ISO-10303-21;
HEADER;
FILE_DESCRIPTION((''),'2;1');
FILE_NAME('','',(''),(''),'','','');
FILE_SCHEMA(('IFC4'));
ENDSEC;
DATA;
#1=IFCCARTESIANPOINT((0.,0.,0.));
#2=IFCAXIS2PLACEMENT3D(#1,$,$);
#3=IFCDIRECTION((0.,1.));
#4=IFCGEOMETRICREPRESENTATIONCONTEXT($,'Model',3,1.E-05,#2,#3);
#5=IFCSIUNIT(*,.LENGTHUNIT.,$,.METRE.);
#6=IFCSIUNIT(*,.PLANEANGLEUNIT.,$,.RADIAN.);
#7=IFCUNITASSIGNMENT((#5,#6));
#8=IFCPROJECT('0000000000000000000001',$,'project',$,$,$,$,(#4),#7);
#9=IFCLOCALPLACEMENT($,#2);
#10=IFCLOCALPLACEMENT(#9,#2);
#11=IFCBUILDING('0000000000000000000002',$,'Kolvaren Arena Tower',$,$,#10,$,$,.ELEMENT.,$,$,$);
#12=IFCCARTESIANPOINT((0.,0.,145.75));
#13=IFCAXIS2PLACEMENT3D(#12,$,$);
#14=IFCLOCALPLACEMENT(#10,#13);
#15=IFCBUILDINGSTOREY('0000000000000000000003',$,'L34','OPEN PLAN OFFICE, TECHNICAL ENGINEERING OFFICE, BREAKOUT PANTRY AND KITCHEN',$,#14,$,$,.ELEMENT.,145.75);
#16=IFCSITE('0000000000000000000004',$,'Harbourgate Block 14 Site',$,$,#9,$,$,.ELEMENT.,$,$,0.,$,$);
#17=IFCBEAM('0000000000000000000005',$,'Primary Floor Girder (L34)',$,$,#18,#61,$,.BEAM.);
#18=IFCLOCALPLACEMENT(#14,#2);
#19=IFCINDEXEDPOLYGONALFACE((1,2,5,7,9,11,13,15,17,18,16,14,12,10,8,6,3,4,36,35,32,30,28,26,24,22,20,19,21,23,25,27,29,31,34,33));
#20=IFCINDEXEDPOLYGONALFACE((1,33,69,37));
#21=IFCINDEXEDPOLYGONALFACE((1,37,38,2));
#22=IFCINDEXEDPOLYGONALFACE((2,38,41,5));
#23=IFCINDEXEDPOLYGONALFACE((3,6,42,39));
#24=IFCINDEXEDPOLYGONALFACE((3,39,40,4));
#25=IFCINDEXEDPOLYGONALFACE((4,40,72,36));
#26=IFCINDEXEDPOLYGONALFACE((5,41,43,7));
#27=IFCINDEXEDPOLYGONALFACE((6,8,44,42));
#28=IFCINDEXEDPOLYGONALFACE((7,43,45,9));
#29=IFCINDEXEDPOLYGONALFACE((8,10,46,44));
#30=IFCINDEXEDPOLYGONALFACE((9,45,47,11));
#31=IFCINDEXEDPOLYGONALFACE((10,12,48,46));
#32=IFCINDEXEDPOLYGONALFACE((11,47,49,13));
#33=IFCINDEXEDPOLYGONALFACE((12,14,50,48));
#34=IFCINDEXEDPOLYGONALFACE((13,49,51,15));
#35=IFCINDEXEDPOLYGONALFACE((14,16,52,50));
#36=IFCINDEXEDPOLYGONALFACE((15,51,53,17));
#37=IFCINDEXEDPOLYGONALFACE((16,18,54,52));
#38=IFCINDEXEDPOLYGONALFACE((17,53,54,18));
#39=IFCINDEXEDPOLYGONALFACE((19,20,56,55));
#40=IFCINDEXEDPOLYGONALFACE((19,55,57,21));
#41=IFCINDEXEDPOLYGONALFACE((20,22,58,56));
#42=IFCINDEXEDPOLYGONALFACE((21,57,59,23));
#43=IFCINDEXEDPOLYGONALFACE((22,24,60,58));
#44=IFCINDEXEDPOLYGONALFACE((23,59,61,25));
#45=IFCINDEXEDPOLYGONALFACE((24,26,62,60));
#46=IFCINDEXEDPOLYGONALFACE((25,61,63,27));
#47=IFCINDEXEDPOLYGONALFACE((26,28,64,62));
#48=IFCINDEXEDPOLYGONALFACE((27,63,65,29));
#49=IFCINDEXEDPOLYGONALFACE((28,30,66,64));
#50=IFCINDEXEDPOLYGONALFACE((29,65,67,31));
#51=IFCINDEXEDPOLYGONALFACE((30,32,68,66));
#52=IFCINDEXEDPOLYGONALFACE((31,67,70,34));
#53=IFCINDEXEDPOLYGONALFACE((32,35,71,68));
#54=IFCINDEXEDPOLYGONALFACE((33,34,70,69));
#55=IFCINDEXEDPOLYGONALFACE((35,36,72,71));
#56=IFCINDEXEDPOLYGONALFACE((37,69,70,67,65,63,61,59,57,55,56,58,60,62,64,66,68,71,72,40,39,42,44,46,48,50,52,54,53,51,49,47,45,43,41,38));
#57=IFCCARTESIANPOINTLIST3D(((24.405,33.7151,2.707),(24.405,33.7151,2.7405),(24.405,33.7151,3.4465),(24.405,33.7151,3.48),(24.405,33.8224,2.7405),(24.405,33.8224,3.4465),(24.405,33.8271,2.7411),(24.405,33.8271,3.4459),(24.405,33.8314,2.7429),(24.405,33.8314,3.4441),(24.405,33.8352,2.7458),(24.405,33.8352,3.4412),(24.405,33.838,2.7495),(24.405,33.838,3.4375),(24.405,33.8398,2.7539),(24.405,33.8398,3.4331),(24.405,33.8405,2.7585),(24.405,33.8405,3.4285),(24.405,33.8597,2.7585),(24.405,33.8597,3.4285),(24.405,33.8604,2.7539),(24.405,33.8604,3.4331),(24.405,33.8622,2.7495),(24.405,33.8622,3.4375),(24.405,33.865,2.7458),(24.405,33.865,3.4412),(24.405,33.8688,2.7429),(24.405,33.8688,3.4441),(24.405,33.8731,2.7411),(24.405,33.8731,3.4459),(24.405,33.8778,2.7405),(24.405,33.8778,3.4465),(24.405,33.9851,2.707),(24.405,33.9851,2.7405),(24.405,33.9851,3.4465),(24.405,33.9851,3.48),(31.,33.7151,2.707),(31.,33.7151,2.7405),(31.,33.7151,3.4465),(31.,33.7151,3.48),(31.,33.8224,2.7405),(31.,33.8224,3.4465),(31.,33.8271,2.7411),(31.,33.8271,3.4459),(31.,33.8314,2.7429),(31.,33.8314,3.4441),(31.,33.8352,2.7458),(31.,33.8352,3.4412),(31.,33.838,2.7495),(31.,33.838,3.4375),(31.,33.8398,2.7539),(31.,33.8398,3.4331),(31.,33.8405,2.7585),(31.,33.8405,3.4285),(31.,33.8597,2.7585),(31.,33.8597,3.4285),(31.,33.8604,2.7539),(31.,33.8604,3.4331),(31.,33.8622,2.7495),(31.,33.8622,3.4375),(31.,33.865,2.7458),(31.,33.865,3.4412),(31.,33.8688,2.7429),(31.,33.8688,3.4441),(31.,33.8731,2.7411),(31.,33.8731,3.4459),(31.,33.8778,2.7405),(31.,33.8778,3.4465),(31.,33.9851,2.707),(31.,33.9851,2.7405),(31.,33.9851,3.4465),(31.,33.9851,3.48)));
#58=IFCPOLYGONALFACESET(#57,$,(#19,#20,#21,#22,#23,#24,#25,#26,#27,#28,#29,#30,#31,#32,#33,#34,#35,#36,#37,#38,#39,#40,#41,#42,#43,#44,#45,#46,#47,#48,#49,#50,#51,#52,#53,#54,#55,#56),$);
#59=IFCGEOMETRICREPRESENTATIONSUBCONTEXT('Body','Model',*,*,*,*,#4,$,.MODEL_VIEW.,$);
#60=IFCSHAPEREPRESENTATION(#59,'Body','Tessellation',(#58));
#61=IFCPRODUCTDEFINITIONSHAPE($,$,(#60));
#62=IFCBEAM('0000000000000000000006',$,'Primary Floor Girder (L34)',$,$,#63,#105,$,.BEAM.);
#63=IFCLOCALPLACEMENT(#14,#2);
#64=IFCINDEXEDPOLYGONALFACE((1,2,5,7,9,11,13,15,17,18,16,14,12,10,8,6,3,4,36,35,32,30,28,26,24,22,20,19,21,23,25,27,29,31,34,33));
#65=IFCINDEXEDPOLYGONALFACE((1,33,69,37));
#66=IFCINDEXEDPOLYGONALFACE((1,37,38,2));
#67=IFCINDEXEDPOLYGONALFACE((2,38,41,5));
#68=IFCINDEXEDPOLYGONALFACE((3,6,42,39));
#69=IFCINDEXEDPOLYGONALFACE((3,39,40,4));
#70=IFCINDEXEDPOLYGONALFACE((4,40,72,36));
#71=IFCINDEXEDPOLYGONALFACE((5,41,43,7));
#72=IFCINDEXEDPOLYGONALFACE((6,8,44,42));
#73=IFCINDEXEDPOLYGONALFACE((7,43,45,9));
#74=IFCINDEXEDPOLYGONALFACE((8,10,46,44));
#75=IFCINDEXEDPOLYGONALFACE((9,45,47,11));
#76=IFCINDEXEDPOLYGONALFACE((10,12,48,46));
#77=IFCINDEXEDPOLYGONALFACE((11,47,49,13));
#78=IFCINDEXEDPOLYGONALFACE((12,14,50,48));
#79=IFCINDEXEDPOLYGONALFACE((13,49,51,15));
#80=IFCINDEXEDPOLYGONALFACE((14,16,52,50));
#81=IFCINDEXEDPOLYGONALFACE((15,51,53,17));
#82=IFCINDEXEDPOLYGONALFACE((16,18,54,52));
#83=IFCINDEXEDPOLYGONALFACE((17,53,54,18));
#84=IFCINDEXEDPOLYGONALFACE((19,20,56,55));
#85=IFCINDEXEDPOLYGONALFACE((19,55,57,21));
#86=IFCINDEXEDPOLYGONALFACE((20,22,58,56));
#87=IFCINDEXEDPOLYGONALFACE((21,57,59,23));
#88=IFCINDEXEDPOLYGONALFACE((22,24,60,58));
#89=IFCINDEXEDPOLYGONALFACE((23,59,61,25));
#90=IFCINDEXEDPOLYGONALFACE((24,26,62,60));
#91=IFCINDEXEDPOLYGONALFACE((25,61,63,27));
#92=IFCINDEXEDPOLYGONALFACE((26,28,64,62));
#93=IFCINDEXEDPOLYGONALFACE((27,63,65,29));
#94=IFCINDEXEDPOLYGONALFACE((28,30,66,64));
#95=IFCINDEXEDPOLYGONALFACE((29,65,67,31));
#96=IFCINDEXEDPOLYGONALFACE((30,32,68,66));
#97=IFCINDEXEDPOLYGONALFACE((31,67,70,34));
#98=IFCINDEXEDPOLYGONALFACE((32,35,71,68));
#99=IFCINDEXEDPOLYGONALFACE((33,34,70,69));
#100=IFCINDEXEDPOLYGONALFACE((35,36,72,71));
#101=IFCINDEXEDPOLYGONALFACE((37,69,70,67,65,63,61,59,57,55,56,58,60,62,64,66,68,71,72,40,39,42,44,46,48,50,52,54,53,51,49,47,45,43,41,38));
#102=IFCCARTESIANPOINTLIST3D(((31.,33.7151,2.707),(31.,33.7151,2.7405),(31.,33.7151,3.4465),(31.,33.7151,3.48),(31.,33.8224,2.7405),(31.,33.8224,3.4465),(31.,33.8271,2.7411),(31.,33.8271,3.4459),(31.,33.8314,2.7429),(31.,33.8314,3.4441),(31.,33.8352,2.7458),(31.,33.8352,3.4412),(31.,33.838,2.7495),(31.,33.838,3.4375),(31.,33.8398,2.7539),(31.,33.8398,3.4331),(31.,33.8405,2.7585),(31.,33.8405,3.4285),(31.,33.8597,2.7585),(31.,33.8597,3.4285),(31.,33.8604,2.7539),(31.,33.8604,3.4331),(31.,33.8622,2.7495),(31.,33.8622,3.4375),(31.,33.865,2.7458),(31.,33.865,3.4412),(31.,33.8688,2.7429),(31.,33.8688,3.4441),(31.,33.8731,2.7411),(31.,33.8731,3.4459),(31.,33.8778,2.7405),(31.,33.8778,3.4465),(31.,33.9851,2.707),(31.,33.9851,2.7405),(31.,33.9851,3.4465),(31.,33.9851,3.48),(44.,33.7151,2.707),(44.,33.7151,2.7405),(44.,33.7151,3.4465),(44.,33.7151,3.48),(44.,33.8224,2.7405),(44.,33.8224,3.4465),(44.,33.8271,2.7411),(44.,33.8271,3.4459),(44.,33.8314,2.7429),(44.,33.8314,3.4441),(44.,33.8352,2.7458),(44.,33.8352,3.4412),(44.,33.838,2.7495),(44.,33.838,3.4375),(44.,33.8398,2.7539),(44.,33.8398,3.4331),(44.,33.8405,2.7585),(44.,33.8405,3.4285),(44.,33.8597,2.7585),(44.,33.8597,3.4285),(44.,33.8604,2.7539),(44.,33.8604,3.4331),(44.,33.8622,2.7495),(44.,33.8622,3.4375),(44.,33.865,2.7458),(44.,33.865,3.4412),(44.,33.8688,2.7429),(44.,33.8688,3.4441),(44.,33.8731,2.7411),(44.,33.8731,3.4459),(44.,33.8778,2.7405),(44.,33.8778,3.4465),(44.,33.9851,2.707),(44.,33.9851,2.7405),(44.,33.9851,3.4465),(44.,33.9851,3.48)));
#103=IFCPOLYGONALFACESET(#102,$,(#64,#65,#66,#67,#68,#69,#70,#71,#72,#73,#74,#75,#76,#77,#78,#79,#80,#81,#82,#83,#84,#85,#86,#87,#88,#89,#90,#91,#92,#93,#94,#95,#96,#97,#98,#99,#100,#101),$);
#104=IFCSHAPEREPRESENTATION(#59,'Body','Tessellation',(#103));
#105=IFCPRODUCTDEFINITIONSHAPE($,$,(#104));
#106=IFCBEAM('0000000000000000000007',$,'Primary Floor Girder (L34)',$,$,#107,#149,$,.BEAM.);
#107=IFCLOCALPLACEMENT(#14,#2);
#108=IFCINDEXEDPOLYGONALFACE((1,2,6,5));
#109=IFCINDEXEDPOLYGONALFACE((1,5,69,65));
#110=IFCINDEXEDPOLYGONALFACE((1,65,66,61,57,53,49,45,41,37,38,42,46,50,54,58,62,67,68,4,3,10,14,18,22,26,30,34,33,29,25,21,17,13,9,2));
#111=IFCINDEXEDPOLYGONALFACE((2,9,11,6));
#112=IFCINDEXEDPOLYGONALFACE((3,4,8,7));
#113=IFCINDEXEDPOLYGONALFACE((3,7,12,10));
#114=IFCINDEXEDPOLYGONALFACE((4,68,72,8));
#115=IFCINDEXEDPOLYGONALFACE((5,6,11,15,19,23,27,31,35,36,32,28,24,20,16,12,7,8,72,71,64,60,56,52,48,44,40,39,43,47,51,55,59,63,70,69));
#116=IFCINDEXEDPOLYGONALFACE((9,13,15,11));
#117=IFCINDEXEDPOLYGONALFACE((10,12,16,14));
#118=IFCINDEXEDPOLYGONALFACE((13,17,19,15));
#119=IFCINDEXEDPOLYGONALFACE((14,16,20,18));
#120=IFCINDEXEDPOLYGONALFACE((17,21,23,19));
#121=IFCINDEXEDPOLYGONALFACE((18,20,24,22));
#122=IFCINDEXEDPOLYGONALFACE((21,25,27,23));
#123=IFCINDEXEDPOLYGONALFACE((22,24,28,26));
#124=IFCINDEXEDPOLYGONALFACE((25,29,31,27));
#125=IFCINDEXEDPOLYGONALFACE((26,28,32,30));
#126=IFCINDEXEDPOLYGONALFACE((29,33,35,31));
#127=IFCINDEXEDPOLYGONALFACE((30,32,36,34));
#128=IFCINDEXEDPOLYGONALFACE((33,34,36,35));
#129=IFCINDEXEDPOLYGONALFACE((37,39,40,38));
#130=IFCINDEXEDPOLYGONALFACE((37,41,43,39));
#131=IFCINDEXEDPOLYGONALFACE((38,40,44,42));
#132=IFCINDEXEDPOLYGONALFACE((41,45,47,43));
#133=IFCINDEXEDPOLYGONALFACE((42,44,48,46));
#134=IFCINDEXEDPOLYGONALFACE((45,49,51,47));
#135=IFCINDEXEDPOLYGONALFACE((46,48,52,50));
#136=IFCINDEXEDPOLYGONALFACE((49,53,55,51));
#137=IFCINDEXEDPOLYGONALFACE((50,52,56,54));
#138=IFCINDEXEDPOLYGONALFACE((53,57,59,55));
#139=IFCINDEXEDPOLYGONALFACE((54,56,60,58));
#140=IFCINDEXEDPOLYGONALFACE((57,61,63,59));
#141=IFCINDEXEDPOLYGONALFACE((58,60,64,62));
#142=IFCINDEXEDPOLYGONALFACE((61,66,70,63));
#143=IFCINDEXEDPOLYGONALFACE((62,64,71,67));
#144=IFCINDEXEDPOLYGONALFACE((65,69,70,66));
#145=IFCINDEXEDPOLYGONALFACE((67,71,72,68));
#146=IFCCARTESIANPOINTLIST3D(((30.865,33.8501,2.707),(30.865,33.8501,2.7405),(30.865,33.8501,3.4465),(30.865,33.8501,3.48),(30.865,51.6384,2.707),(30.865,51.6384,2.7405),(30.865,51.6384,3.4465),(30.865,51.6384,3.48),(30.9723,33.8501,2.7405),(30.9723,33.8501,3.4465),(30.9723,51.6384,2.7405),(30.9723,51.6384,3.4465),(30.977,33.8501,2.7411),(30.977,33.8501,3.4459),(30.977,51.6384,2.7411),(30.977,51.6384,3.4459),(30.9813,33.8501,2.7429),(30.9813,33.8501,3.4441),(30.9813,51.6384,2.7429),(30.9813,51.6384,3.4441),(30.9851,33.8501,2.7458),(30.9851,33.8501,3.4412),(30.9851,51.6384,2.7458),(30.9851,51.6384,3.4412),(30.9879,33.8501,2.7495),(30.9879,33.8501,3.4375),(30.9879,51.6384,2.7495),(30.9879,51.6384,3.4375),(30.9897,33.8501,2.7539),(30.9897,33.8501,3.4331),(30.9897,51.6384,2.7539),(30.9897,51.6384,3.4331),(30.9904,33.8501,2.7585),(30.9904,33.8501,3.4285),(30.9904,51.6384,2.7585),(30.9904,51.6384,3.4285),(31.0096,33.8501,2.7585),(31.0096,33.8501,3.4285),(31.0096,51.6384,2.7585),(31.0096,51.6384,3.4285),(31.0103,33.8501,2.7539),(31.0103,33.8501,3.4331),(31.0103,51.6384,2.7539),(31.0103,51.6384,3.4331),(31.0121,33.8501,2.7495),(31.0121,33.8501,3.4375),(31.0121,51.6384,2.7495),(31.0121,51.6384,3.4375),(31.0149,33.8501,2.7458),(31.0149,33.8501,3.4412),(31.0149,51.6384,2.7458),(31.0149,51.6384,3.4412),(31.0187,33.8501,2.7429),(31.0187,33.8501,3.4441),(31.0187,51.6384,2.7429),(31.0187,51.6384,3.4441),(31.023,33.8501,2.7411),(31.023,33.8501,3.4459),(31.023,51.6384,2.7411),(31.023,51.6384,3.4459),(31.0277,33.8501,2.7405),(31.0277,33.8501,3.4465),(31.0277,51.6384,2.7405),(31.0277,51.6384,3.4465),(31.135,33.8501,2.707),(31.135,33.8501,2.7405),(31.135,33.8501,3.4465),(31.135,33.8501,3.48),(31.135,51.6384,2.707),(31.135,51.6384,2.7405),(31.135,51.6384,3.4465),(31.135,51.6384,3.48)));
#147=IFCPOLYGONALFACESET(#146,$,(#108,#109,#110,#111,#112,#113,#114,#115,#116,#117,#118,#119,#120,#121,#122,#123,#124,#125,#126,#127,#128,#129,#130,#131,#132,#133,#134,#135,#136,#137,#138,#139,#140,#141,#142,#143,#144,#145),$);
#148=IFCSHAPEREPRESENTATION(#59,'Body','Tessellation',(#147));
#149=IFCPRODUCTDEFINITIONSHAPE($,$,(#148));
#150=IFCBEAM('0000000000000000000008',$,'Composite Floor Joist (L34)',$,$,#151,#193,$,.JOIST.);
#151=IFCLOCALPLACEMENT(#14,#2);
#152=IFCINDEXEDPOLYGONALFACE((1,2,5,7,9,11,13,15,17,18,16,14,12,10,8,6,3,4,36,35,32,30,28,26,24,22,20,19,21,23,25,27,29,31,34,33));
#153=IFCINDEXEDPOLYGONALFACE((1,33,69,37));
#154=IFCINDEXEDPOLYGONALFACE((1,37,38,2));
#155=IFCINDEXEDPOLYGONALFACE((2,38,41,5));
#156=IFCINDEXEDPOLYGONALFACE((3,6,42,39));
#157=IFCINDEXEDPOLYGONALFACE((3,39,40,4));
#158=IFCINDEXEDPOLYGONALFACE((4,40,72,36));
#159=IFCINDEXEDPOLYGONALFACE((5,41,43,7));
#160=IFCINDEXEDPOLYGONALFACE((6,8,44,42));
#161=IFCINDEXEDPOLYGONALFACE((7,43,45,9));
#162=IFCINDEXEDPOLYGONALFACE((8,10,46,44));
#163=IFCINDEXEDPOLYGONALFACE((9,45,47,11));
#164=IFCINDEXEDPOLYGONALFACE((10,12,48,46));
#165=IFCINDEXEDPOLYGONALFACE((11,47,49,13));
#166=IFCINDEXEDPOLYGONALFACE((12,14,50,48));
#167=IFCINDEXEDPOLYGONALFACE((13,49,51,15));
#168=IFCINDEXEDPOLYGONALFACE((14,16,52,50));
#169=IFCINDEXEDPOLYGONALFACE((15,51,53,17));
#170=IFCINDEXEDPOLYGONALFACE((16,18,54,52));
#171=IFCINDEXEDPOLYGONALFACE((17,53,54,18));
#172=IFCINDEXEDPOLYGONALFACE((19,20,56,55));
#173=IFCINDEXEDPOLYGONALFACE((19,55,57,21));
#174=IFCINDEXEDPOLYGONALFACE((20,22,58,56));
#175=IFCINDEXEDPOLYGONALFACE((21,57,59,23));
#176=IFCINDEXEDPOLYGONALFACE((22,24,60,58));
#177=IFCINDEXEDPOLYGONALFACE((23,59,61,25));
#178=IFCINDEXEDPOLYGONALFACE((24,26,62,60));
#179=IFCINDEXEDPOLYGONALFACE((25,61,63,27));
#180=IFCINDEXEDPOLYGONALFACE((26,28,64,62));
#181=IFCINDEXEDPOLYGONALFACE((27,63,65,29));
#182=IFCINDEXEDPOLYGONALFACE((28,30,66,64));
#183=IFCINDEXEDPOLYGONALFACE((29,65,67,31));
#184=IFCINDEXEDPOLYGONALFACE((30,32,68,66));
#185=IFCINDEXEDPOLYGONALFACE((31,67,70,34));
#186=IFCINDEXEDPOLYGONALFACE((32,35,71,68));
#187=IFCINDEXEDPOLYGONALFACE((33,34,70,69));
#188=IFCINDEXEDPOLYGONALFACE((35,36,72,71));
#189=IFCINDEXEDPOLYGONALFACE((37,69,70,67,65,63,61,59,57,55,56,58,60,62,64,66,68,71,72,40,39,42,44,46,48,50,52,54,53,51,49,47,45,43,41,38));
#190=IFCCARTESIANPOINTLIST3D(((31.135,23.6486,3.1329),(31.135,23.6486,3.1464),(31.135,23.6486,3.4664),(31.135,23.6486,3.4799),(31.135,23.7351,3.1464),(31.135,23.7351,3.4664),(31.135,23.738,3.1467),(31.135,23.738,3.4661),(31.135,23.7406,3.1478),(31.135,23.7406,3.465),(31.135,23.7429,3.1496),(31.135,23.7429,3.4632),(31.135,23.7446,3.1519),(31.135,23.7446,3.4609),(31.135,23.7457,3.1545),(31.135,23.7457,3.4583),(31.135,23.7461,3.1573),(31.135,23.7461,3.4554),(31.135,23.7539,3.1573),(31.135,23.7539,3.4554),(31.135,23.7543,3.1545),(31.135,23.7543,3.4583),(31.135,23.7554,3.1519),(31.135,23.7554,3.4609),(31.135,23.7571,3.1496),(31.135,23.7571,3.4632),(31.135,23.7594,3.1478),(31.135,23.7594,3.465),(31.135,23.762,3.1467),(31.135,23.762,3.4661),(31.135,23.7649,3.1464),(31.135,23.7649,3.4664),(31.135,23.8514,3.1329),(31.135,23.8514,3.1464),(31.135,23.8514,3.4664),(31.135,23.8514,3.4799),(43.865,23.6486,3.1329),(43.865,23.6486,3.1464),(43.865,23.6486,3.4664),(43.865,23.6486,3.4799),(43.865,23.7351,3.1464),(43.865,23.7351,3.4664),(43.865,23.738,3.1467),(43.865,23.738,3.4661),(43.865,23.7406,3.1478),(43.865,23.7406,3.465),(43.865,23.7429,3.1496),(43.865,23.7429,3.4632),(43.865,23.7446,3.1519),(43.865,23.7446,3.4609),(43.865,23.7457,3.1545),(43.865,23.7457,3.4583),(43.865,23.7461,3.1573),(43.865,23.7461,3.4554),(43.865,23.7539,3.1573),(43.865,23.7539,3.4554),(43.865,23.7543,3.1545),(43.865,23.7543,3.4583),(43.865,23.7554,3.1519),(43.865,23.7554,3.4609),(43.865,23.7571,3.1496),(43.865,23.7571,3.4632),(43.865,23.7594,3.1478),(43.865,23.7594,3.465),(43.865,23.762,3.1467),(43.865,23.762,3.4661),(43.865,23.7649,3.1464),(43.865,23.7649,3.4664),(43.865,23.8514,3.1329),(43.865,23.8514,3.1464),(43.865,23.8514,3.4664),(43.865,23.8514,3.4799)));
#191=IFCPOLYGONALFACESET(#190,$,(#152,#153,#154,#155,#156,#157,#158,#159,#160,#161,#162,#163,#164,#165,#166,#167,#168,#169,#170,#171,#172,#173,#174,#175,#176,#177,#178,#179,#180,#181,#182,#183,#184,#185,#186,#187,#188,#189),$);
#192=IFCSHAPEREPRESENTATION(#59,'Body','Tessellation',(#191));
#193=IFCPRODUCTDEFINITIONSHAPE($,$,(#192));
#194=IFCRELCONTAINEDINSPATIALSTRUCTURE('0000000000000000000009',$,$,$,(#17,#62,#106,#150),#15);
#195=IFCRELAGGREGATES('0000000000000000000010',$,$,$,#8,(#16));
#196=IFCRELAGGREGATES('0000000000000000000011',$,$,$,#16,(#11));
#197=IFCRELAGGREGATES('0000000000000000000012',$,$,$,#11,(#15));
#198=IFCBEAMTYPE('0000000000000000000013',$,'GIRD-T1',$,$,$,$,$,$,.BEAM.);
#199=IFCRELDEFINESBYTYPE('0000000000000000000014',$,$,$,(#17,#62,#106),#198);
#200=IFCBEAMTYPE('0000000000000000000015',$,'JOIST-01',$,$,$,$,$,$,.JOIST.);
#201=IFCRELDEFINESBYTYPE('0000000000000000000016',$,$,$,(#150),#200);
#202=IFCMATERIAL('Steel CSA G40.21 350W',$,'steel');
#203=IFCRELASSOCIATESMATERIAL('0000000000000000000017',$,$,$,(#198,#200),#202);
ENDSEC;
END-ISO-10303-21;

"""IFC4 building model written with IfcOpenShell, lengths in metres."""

from ifc_helpers import new_model, si_unit, direction, frame, origin, origin_2d, place, context, subcontext, project, spatial, i_section, extrude, material, material_profile, profile_set, type_object, element, save


model = new_model("IFC4")

# Units and contexts
model_context = context("Model", 3, precision=1e-05, world=origin(), true_north=direction((0.0, 1.0)))
body_context = subcontext(model_context, "Body", "Model", "MODEL_VIEW")
ifc_project = project(units=[si_unit("LENGTHUNIT", "METRE"), si_unit("PLANEANGLEUNIT", "RADIAN")], contexts=[model_context])

# Site, building, storey
site_placement = place(None, origin())
site = spatial("IfcSite", under=ifc_project, at=site_placement, Name="Harbourgate Block 14 Site", CompositionType="ELEMENT", RefElevation=0.0)
building_placement = place(site_placement, origin())
building = spatial("IfcBuilding", under=site, at=building_placement, Name="Kolvaren Arena Tower", CompositionType="ELEMENT")
storey_placement = place(building_placement, frame((0.0, 0.0, 145.75)))
storey = spatial("IfcBuildingStorey", under=building, at=storey_placement, Name="L34", Description="OPEN PLAN OFFICE, TECHNICAL ENGINEERING OFFICE, BREAKOUT PANTRY AND KITCHEN", CompositionType="ELEMENT", Elevation=145.75)

# Beams
ifc_material_1 = material(Name="Steel CSA G40.21 350W", Category="steel")
ifc_material_profile_1 = material_profile(ifc_material_1, i_section(OverallWidth=0.27, OverallDepth=0.7729, WebThickness=0.0193, FlangeThickness=0.0334, FilletRadius=0.0181, at=origin_2d()), Name="W760x257")
ifc_profile_set_1 = profile_set([ifc_material_profile_1], Name="Steel CSA G40.21 350W")
beam_type_1 = type_object("IfcBeamType", Name="GIRD-T1", PredefinedType="BEAM", material=ifc_profile_set_1)
beam_1_placement = place(storey_placement, frame((24.405, 33.8501, 3.0935), z_axis=(1.0, 0.0, 0.0), x_axis=(0.0, 1.0, 0.0)))
element("IfcBeam", 1, at=beam_1_placement, inside=storey, type_object=beam_type_1, Name="Primary Floor Girder (L34)", PredefinedType="BEAM", context=body_context, shape_type="SweptSolid", body=[
    extrude(i_section(OverallWidth=0.27, OverallDepth=0.7729, WebThickness=0.0193, FlangeThickness=0.0334, FilletRadius=0.0181, at=origin_2d()), origin(), (0.0, 0.0, 1.0), 6.595),
])
beam_2_placement = place(storey_placement, frame((31.0, 33.8501, 3.0935), z_axis=(1.0, 0.0, 0.0), x_axis=(0.0, 1.0, 0.0)))
element("IfcBeam", 2, at=beam_2_placement, inside=storey, type_object=beam_type_1, Name="Primary Floor Girder (L34)", PredefinedType="BEAM", context=body_context, shape_type="SweptSolid", body=[
    extrude(i_section(OverallWidth=0.27, OverallDepth=0.7729, WebThickness=0.0193, FlangeThickness=0.0334, FilletRadius=0.0181, at=origin_2d()), origin(), (0.0, 0.0, 1.0), 13.0),
])
beam_3_placement = place(storey_placement, frame((31.0, 33.8501, 3.0935), z_axis=(0.0, 1.0, 0.0), x_axis=(-1.0, 0.0, 0.0)))
element("IfcBeam", 3, at=beam_3_placement, inside=storey, type_object=beam_type_1, Name="Primary Floor Girder (L34)", PredefinedType="BEAM", context=body_context, shape_type="SweptSolid", body=[
    extrude(i_section(OverallWidth=0.27, OverallDepth=0.7729, WebThickness=0.0193, FlangeThickness=0.0334, FilletRadius=0.0181, at=origin_2d()), origin(), (0.0, 0.0, 1.0), 17.7883),
])
ifc_material_profile_2 = material_profile(ifc_material_1, i_section(OverallWidth=0.2029, OverallDepth=0.3469, WebThickness=0.0078, FlangeThickness=0.0134, FilletRadius=0.011, at=origin_2d()), Name="W360x64")
ifc_profile_set_2 = profile_set([ifc_material_profile_2], Name="Steel CSA G40.21 350W")
beam_type_2 = type_object("IfcBeamType", Name="JOIST-01", PredefinedType="JOIST", material=ifc_profile_set_2)
beam_4_placement = place(storey_placement, frame((31.135, 23.75, 3.3064), z_axis=(1.0, 0.0, 0.0), x_axis=(0.0, 1.0, 0.0)))
element("IfcBeam", 4, at=beam_4_placement, inside=storey, type_object=beam_type_2, Name="Composite Floor Joist (L34)", PredefinedType="JOIST", context=body_context, shape_type="SweptSolid", body=[
    extrude(i_section(OverallWidth=0.2029, OverallDepth=0.3469, WebThickness=0.0078, FlangeThickness=0.0134, FilletRadius=0.011, at=origin_2d()), origin(), (0.0, 0.0, 1.0), 12.73),
])

save(model, "model.ifc")
